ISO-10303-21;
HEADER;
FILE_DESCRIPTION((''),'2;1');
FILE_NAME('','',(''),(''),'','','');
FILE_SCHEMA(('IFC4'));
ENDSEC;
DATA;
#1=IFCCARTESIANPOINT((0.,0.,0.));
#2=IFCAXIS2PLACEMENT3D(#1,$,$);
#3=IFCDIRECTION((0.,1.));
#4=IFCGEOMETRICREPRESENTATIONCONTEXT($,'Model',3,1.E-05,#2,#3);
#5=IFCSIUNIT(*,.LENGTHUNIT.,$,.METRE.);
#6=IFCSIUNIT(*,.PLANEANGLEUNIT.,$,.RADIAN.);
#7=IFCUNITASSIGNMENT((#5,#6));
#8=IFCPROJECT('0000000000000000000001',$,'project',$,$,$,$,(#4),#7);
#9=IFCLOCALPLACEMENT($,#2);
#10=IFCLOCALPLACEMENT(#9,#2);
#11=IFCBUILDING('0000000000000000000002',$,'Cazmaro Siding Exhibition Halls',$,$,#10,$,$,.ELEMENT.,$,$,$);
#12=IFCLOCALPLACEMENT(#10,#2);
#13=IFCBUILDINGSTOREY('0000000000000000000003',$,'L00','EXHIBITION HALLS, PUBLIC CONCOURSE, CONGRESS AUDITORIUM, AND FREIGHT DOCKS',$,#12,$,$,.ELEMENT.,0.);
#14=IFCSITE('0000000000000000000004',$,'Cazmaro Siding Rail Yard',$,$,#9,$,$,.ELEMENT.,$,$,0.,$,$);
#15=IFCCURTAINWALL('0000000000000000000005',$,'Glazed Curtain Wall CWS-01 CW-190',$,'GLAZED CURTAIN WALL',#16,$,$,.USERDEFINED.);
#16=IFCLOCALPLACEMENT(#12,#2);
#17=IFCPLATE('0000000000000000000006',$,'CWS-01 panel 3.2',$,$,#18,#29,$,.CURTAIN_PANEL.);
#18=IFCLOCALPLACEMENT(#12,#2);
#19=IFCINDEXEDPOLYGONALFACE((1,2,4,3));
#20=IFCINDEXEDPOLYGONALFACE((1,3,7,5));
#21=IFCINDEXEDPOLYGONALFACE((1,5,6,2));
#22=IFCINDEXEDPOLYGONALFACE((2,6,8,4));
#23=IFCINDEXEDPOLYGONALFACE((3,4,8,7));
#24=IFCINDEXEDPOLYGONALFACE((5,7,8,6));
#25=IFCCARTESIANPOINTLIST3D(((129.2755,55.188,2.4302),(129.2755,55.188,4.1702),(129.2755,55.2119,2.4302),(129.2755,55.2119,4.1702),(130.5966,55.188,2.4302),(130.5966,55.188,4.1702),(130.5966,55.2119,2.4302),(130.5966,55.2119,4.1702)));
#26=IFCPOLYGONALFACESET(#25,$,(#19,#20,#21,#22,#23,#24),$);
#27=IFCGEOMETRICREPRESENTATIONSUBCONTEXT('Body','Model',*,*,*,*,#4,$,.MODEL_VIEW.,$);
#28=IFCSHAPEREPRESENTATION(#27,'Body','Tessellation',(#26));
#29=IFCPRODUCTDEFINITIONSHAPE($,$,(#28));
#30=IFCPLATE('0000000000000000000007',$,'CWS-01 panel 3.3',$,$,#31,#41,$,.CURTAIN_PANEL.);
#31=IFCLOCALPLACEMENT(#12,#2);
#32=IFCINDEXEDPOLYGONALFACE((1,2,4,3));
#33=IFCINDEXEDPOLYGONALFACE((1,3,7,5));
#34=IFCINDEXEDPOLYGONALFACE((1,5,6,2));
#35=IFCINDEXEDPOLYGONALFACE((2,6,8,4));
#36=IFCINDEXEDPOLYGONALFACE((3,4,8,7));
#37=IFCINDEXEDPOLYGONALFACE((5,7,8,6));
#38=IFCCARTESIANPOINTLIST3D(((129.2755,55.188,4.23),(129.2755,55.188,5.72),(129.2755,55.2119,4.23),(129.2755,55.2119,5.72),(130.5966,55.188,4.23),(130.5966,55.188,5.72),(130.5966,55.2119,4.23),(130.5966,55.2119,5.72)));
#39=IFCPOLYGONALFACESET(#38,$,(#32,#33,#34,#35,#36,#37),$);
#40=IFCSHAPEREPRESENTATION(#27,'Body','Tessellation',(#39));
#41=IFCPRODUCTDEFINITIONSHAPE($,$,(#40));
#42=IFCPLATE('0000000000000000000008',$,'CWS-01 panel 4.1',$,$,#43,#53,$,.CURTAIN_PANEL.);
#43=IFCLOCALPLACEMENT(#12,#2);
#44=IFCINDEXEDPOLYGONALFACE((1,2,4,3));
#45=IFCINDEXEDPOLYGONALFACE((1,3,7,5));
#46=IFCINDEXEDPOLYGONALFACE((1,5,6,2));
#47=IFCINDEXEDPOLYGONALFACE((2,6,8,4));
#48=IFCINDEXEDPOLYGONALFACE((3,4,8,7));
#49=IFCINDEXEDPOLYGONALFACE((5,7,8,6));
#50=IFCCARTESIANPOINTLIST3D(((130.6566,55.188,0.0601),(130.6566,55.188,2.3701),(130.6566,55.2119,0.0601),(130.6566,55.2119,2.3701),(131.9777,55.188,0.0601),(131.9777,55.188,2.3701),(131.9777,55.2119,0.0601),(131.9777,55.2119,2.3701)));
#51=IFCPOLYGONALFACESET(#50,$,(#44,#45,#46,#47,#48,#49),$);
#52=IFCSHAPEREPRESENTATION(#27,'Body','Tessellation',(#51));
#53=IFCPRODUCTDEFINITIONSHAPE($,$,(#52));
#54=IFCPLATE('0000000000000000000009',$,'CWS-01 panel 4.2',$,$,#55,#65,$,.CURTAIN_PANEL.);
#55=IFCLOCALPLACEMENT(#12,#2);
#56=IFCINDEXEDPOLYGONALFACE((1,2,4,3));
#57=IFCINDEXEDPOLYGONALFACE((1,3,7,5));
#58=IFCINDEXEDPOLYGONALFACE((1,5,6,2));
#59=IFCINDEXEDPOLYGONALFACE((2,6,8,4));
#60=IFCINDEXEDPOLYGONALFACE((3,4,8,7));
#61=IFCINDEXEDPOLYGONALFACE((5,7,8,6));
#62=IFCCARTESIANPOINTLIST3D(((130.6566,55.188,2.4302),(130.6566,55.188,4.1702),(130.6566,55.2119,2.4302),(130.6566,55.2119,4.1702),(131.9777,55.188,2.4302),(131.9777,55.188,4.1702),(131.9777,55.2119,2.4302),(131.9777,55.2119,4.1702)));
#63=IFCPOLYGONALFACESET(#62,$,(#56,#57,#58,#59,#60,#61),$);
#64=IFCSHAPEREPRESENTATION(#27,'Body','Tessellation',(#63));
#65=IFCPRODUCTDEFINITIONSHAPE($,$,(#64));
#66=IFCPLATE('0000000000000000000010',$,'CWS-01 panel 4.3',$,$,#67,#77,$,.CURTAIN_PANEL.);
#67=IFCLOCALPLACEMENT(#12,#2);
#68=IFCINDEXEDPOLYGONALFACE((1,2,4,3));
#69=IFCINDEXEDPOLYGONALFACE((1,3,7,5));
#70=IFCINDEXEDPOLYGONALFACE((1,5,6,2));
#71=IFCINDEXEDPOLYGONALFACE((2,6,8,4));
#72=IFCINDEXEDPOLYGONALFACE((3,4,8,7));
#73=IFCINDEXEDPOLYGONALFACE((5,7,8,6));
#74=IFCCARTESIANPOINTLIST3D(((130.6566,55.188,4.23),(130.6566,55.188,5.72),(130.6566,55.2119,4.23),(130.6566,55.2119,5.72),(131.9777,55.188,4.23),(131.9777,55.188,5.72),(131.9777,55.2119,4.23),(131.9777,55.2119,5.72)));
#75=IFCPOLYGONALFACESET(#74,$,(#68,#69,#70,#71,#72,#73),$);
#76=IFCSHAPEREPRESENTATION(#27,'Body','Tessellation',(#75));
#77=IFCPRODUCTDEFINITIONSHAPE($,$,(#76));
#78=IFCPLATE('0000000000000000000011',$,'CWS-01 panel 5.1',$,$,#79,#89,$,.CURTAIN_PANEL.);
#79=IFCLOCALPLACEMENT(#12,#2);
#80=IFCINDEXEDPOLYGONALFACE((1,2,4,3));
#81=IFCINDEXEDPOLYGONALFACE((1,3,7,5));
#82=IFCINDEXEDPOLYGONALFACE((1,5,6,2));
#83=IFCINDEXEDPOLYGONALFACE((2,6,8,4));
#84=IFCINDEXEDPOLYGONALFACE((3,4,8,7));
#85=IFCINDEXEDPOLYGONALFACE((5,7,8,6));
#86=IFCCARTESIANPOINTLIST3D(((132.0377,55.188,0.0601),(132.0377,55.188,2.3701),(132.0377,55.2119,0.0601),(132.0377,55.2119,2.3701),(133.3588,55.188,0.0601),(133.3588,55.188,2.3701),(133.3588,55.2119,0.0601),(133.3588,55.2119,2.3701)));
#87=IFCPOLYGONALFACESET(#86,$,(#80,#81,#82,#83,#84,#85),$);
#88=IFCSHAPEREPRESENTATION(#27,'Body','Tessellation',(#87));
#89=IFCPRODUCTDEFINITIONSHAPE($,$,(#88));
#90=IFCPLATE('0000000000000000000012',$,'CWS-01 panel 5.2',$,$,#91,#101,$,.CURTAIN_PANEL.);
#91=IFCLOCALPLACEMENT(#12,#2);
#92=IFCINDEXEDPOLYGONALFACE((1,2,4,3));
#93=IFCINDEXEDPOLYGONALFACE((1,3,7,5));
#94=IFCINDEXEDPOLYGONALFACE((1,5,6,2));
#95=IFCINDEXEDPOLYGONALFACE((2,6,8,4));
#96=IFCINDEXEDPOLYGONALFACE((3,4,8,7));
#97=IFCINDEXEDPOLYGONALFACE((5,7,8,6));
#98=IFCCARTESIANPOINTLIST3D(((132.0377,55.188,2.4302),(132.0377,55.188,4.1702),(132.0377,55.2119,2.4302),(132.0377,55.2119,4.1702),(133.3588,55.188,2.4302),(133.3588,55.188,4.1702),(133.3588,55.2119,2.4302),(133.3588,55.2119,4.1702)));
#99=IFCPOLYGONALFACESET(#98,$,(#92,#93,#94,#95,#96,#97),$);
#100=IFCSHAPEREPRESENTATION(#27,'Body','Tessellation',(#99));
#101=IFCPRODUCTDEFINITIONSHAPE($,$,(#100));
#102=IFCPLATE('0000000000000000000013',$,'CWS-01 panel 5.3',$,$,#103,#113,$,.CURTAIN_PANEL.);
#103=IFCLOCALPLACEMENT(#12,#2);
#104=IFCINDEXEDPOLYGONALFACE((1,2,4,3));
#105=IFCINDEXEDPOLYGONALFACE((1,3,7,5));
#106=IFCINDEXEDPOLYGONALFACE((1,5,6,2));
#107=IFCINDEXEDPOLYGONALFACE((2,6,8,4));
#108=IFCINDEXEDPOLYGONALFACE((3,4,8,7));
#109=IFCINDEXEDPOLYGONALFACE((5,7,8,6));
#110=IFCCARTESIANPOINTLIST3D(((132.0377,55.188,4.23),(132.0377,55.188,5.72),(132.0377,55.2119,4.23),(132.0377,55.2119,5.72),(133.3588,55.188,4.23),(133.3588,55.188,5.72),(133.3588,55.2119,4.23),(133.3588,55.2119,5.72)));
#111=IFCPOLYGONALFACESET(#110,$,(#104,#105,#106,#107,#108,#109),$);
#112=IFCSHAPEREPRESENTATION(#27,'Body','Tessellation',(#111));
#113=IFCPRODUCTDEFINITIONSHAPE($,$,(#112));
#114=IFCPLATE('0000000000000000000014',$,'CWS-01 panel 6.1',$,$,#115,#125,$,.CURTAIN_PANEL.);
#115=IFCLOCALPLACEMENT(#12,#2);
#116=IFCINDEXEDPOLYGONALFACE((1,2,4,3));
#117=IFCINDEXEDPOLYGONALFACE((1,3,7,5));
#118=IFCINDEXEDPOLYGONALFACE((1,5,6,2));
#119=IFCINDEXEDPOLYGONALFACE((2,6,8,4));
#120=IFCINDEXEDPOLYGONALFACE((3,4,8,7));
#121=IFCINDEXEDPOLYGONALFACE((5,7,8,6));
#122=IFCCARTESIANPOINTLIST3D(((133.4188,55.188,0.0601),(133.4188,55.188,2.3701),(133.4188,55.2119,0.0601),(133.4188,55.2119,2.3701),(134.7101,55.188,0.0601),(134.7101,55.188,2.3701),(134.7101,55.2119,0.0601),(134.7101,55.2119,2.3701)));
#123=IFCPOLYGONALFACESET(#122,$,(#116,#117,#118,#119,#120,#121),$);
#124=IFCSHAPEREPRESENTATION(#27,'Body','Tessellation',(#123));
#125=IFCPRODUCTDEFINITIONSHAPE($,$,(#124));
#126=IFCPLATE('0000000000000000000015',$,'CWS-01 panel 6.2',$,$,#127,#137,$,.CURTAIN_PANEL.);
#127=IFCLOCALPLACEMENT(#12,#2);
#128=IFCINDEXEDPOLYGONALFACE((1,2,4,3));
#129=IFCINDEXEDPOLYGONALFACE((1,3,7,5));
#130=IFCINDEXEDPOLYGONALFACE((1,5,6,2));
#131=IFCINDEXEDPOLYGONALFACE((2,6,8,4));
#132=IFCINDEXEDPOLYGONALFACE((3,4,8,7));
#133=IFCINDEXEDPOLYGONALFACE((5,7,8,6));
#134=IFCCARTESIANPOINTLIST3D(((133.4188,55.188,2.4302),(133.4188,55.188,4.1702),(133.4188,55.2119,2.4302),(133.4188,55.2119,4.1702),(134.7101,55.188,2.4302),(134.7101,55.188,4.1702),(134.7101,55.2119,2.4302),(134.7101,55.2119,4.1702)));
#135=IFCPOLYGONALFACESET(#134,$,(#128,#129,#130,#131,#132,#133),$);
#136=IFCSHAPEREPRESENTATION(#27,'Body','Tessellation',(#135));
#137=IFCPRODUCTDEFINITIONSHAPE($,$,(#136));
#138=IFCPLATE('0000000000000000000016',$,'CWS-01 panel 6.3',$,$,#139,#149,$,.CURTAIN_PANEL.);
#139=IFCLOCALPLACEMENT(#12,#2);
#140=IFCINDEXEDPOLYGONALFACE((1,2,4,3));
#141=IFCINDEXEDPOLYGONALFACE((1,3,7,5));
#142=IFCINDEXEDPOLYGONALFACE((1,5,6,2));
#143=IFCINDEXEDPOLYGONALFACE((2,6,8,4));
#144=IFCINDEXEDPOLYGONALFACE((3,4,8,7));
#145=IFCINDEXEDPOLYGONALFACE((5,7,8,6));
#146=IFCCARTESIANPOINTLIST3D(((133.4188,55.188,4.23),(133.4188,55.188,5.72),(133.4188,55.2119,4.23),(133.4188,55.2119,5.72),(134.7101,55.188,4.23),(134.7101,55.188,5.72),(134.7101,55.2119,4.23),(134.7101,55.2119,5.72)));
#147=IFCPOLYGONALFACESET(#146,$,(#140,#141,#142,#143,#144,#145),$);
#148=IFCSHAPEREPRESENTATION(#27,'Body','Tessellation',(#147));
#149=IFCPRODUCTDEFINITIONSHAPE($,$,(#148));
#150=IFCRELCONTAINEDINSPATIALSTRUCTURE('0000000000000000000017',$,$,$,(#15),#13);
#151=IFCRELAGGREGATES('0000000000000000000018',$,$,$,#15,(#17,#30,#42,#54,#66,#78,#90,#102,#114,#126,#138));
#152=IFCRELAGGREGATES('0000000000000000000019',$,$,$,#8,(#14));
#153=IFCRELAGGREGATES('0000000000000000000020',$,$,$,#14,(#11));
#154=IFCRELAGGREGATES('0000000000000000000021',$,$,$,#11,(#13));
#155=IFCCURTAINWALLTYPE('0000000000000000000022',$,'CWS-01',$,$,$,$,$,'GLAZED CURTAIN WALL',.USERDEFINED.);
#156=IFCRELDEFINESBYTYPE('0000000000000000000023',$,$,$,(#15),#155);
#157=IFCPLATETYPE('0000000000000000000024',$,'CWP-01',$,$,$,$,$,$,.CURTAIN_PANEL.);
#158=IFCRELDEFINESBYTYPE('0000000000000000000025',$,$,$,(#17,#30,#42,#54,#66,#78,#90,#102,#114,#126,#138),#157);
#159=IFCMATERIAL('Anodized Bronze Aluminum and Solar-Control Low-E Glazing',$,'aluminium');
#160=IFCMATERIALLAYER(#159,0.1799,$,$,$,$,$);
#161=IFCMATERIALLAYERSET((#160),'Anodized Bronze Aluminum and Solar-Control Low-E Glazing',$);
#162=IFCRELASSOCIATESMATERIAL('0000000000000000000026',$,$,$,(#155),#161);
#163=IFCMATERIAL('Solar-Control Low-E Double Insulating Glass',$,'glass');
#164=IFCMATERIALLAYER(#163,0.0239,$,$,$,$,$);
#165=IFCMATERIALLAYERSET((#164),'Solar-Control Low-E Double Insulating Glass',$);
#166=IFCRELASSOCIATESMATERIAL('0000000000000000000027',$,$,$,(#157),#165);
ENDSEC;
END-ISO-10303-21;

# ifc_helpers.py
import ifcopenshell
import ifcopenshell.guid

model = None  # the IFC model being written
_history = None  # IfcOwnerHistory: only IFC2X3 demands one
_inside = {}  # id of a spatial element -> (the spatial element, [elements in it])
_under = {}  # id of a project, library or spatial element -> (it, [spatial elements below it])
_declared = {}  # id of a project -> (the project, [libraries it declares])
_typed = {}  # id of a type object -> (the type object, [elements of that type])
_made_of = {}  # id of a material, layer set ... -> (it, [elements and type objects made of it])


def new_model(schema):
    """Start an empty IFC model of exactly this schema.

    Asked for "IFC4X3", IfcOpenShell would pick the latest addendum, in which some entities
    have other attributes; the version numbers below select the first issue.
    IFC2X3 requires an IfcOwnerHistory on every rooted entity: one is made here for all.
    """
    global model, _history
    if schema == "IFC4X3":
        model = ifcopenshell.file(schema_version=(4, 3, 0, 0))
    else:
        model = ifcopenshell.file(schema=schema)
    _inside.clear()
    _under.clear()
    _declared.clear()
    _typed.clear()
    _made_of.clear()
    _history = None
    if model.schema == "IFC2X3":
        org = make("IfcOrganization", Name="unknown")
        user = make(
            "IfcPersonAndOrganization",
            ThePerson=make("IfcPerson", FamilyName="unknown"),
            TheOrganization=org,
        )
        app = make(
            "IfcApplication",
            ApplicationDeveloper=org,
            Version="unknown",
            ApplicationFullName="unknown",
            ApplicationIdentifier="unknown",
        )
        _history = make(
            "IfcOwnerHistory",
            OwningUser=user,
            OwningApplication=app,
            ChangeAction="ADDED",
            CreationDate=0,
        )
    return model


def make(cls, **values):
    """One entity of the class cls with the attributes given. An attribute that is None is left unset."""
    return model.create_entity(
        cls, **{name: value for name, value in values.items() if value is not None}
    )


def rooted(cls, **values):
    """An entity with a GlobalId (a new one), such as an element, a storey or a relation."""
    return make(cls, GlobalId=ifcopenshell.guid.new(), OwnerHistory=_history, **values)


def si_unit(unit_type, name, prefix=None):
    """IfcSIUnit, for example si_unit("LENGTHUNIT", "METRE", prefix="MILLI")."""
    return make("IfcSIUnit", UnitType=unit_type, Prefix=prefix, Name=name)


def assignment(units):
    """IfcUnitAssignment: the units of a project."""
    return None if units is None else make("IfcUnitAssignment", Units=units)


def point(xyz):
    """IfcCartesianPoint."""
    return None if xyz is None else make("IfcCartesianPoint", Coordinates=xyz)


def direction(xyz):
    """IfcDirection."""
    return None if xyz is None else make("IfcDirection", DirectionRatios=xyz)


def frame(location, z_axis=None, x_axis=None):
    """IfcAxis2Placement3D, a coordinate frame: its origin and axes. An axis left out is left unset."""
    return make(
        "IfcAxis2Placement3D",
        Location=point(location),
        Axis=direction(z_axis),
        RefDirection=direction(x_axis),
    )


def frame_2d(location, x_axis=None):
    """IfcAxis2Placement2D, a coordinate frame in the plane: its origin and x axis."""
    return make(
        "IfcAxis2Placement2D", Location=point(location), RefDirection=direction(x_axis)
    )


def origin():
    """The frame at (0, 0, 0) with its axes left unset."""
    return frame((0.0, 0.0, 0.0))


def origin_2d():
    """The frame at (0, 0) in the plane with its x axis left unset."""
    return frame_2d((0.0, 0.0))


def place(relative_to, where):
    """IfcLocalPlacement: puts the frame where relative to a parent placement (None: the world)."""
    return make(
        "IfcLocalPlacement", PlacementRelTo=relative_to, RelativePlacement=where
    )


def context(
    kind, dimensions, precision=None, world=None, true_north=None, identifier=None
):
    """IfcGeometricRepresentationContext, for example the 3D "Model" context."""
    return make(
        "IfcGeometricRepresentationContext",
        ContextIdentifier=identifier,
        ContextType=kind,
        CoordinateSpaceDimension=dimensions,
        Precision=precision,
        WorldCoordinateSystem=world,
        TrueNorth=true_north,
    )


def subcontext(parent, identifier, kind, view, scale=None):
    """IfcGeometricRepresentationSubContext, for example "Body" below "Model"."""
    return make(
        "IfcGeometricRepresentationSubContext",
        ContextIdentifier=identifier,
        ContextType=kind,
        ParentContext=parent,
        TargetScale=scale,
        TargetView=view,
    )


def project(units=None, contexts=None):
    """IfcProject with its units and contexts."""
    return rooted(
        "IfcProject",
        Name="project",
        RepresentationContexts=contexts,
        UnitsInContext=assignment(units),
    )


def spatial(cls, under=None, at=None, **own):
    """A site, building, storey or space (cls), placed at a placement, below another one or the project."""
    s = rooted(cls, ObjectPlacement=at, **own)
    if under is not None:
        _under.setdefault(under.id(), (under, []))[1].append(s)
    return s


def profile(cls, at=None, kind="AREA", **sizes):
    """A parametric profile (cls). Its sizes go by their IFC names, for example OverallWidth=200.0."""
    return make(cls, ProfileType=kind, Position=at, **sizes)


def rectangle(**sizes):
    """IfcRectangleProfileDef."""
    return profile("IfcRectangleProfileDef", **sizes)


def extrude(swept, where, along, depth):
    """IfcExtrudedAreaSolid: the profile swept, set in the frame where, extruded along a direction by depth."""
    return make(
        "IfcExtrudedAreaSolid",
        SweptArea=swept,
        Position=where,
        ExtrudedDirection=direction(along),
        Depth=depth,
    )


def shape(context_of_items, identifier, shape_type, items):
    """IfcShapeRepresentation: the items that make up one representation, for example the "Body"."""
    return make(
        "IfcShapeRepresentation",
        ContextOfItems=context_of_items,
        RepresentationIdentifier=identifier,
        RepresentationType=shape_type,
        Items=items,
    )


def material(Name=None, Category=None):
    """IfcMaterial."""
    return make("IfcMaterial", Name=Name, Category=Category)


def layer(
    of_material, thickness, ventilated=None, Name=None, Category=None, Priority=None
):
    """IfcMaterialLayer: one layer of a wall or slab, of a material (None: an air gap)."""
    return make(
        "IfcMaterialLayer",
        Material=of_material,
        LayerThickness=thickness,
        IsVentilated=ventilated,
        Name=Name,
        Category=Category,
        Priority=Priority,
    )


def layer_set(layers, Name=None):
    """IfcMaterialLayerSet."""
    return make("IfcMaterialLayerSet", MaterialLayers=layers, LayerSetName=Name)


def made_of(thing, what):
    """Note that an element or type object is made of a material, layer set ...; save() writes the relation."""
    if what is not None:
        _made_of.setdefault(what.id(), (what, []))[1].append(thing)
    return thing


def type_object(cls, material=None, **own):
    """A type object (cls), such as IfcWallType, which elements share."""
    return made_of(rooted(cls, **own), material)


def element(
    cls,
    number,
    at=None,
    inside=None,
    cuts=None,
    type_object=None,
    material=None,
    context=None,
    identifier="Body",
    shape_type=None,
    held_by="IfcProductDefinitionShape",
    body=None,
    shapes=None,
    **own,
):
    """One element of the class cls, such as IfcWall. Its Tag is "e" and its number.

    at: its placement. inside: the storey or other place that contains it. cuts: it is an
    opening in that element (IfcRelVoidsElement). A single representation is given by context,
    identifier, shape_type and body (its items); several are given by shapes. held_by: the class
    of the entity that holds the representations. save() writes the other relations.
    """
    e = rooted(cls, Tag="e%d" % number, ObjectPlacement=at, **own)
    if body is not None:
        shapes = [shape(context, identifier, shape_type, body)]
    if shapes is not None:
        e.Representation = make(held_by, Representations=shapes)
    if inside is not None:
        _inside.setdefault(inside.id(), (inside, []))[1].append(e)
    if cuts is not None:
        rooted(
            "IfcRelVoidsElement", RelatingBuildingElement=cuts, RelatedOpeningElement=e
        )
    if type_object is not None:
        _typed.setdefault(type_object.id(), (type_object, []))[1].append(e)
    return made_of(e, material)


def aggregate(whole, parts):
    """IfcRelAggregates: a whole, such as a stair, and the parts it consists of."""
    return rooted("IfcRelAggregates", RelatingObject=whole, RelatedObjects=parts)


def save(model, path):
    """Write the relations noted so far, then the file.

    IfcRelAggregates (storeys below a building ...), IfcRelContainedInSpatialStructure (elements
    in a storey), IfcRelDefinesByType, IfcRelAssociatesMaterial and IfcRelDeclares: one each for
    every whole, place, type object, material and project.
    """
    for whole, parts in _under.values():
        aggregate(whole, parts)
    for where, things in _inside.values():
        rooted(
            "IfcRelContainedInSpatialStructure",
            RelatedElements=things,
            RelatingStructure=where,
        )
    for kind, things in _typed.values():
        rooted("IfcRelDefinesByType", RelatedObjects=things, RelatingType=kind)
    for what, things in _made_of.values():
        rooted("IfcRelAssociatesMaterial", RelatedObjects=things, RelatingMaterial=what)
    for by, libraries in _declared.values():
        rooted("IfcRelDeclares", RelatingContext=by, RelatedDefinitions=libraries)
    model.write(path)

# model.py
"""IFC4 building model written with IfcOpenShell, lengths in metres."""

from ifc_helpers import new_model, si_unit, direction, frame, origin, origin_2d, place, context, subcontext, project, spatial, rectangle, extrude, material, layer, layer_set, type_object, element, aggregate, save


model = new_model("IFC4")

# Units and contexts
model_context = context("Model", 3, precision=1e-05, world=origin(), true_north=direction((0.0, 1.0)))
body_context = subcontext(model_context, "Body", "Model", "MODEL_VIEW")
ifc_project = project(units=[si_unit("LENGTHUNIT", "METRE"), si_unit("PLANEANGLEUNIT", "RADIAN")], contexts=[model_context])

# Site, building, storey
site_placement = place(None, origin())
site = spatial("IfcSite", under=ifc_project, at=site_placement, Name="Cazmaro Siding Rail Yard", CompositionType="ELEMENT", RefElevation=0.0)
building_placement = place(site_placement, origin())
building = spatial("IfcBuilding", under=site, at=building_placement, Name="Cazmaro Siding Exhibition Halls", CompositionType="ELEMENT")
storey_placement = place(building_placement, origin())
storey = spatial("IfcBuildingStorey", under=building, at=storey_placement, Name="L00", Description="EXHIBITION HALLS, PUBLIC CONCOURSE, CONGRESS AUDITORIUM, AND FREIGHT DOCKS", CompositionType="ELEMENT", Elevation=0.0)

# Curtain wall
ifc_material_1 = material(Name="Anodized Bronze Aluminum and Solar-Control Low-E Glazing", Category="aluminium")
ifc_layer_1 = layer(ifc_material_1, 0.1799)
ifc_layer_set_1 = layer_set([ifc_layer_1], Name="Anodized Bronze Aluminum and Solar-Control Low-E Glazing")
curtain_wall_type = type_object("IfcCurtainWallType", Name="CWS-01", ElementType="GLAZED CURTAIN WALL", PredefinedType="USERDEFINED", material=ifc_layer_set_1)
curtain_wall_1_placement = place(storey_placement, origin())
curtain_wall_1 = element("IfcCurtainWall", 1, at=curtain_wall_1_placement, inside=storey, type_object=curtain_wall_type, Name="Glazed Curtain Wall CWS-01 CW-190", ObjectType="GLAZED CURTAIN WALL", PredefinedType="USERDEFINED")

# Plates
ifc_material_2 = material(Name="Solar-Control Low-E Double Insulating Glass", Category="glass")
ifc_layer_2 = layer(ifc_material_2, 0.0239)
ifc_layer_set_2 = layer_set([ifc_layer_2], Name="Solar-Control Low-E Double Insulating Glass")
plate_type = type_object("IfcPlateType", Name="CWP-01", PredefinedType="CURTAIN_PANEL", material=ifc_layer_set_2)
plate_1_placement = place(storey_placement, frame((129.936, 55.2, 2.4302), z_axis=(0.0, 0.0, 1.0), x_axis=(1.0, 0.0, 0.0)))
plate_1 = element("IfcPlate", 2, at=plate_1_placement, type_object=plate_type, Name="CWS-01 panel 3.2", PredefinedType="CURTAIN_PANEL", context=body_context, shape_type="SweptSolid", body=[
    extrude(rectangle(XDim=1.321, YDim=0.0239, at=origin_2d()), origin(), (0.0, 0.0, 1.0), 1.74),
])
plate_2_placement = place(storey_placement, frame((129.936, 55.2, 4.23), z_axis=(0.0, 0.0, 1.0), x_axis=(1.0, 0.0, 0.0)))
plate_2 = element("IfcPlate", 3, at=plate_2_placement, type_object=plate_type, Name="CWS-01 panel 3.3", PredefinedType="CURTAIN_PANEL", context=body_context, shape_type="SweptSolid", body=[
    extrude(rectangle(XDim=1.321, YDim=0.0239, at=origin_2d()), origin(), (0.0, 0.0, 1.0), 1.49),
])
plate_3_placement = place(storey_placement, frame((131.3171, 55.2, 0.0601), z_axis=(0.0, 0.0, 1.0), x_axis=(1.0, 0.0, 0.0)))
plate_3 = element("IfcPlate", 4, at=plate_3_placement, type_object=plate_type, Name="CWS-01 panel 4.1", PredefinedType="CURTAIN_PANEL", context=body_context, shape_type="SweptSolid", body=[
    extrude(rectangle(XDim=1.321, YDim=0.0239, at=origin_2d()), origin(), (0.0, 0.0, 1.0), 2.3101),
])
plate_4_placement = place(storey_placement, frame((131.3171, 55.2, 2.4302), z_axis=(0.0, 0.0, 1.0), x_axis=(1.0, 0.0, 0.0)))
plate_4 = element("IfcPlate", 5, at=plate_4_placement, type_object=plate_type, Name="CWS-01 panel 4.2", PredefinedType="CURTAIN_PANEL", context=body_context, shape_type="SweptSolid", body=[
    extrude(rectangle(XDim=1.321, YDim=0.0239, at=origin_2d()), origin(), (0.0, 0.0, 1.0), 1.74),
])
plate_5_placement = place(storey_placement, frame((131.3171, 55.2, 4.23), z_axis=(0.0, 0.0, 1.0), x_axis=(1.0, 0.0, 0.0)))
plate_5 = element("IfcPlate", 6, at=plate_5_placement, type_object=plate_type, Name="CWS-01 panel 4.3", PredefinedType="CURTAIN_PANEL", context=body_context, shape_type="SweptSolid", body=[
    extrude(rectangle(XDim=1.321, YDim=0.0239, at=origin_2d()), origin(), (0.0, 0.0, 1.0), 1.49),
])
plate_6_placement = place(storey_placement, frame((132.6982, 55.2, 0.0601), z_axis=(0.0, 0.0, 1.0), x_axis=(1.0, 0.0, 0.0)))
plate_6 = element("IfcPlate", 7, at=plate_6_placement, type_object=plate_type, Name="CWS-01 panel 5.1", PredefinedType="CURTAIN_PANEL", context=body_context, shape_type="SweptSolid", body=[
    extrude(rectangle(XDim=1.321, YDim=0.0239, at=origin_2d()), origin(), (0.0, 0.0, 1.0), 2.3101),
])
plate_7_placement = place(storey_placement, frame((132.6982, 55.2, 2.4302), z_axis=(0.0, 0.0, 1.0), x_axis=(1.0, 0.0, 0.0)))
plate_7 = element("IfcPlate", 8, at=plate_7_placement, type_object=plate_type, Name="CWS-01 panel 5.2", PredefinedType="CURTAIN_PANEL", context=body_context, shape_type="SweptSolid", body=[
    extrude(rectangle(XDim=1.321, YDim=0.0239, at=origin_2d()), origin(), (0.0, 0.0, 1.0), 1.74),
])
plate_8_placement = place(storey_placement, frame((132.6982, 55.2, 4.23), z_axis=(0.0, 0.0, 1.0), x_axis=(1.0, 0.0, 0.0)))
plate_8 = element("IfcPlate", 9, at=plate_8_placement, type_object=plate_type, Name="CWS-01 panel 5.3", PredefinedType="CURTAIN_PANEL", context=body_context, shape_type="SweptSolid", body=[
    extrude(rectangle(XDim=1.321, YDim=0.0239, at=origin_2d()), origin(), (0.0, 0.0, 1.0), 1.49),
])
plate_9_placement = place(storey_placement, frame((134.0645, 55.2, 0.0601), z_axis=(0.0, 0.0, 1.0), x_axis=(1.0, 0.0, 0.0)))
plate_9 = element("IfcPlate", 10, at=plate_9_placement, type_object=plate_type, Name="CWS-01 panel 6.1", PredefinedType="CURTAIN_PANEL", context=body_context, shape_type="SweptSolid", body=[
    extrude(rectangle(XDim=1.2913, YDim=0.0239, at=origin_2d()), origin(), (0.0, 0.0, 1.0), 2.3101),
])
plate_10_placement = place(storey_placement, frame((134.0645, 55.2, 2.4302), z_axis=(0.0, 0.0, 1.0), x_axis=(1.0, 0.0, 0.0)))
plate_10 = element("IfcPlate", 11, at=plate_10_placement, type_object=plate_type, Name="CWS-01 panel 6.2", PredefinedType="CURTAIN_PANEL", context=body_context, shape_type="SweptSolid", body=[
    extrude(rectangle(XDim=1.2913, YDim=0.0239, at=origin_2d()), origin(), (0.0, 0.0, 1.0), 1.74),
])
plate_11_placement = place(storey_placement, frame((134.0645, 55.2, 4.23), z_axis=(0.0, 0.0, 1.0), x_axis=(1.0, 0.0, 0.0)))
plate_11 = element("IfcPlate", 12, at=plate_11_placement, type_object=plate_type, Name="CWS-01 panel 6.3", PredefinedType="CURTAIN_PANEL", context=body_context, shape_type="SweptSolid", body=[
    extrude(rectangle(XDim=1.2913, YDim=0.0239, at=origin_2d()), origin(), (0.0, 0.0, 1.0), 1.49),
])
aggregate(curtain_wall_1, [plate_1, plate_2, plate_3, plate_4, plate_5, plate_6, plate_7, plate_8, plate_9, plate_10, plate_11])

save(model, "model.ifc")
